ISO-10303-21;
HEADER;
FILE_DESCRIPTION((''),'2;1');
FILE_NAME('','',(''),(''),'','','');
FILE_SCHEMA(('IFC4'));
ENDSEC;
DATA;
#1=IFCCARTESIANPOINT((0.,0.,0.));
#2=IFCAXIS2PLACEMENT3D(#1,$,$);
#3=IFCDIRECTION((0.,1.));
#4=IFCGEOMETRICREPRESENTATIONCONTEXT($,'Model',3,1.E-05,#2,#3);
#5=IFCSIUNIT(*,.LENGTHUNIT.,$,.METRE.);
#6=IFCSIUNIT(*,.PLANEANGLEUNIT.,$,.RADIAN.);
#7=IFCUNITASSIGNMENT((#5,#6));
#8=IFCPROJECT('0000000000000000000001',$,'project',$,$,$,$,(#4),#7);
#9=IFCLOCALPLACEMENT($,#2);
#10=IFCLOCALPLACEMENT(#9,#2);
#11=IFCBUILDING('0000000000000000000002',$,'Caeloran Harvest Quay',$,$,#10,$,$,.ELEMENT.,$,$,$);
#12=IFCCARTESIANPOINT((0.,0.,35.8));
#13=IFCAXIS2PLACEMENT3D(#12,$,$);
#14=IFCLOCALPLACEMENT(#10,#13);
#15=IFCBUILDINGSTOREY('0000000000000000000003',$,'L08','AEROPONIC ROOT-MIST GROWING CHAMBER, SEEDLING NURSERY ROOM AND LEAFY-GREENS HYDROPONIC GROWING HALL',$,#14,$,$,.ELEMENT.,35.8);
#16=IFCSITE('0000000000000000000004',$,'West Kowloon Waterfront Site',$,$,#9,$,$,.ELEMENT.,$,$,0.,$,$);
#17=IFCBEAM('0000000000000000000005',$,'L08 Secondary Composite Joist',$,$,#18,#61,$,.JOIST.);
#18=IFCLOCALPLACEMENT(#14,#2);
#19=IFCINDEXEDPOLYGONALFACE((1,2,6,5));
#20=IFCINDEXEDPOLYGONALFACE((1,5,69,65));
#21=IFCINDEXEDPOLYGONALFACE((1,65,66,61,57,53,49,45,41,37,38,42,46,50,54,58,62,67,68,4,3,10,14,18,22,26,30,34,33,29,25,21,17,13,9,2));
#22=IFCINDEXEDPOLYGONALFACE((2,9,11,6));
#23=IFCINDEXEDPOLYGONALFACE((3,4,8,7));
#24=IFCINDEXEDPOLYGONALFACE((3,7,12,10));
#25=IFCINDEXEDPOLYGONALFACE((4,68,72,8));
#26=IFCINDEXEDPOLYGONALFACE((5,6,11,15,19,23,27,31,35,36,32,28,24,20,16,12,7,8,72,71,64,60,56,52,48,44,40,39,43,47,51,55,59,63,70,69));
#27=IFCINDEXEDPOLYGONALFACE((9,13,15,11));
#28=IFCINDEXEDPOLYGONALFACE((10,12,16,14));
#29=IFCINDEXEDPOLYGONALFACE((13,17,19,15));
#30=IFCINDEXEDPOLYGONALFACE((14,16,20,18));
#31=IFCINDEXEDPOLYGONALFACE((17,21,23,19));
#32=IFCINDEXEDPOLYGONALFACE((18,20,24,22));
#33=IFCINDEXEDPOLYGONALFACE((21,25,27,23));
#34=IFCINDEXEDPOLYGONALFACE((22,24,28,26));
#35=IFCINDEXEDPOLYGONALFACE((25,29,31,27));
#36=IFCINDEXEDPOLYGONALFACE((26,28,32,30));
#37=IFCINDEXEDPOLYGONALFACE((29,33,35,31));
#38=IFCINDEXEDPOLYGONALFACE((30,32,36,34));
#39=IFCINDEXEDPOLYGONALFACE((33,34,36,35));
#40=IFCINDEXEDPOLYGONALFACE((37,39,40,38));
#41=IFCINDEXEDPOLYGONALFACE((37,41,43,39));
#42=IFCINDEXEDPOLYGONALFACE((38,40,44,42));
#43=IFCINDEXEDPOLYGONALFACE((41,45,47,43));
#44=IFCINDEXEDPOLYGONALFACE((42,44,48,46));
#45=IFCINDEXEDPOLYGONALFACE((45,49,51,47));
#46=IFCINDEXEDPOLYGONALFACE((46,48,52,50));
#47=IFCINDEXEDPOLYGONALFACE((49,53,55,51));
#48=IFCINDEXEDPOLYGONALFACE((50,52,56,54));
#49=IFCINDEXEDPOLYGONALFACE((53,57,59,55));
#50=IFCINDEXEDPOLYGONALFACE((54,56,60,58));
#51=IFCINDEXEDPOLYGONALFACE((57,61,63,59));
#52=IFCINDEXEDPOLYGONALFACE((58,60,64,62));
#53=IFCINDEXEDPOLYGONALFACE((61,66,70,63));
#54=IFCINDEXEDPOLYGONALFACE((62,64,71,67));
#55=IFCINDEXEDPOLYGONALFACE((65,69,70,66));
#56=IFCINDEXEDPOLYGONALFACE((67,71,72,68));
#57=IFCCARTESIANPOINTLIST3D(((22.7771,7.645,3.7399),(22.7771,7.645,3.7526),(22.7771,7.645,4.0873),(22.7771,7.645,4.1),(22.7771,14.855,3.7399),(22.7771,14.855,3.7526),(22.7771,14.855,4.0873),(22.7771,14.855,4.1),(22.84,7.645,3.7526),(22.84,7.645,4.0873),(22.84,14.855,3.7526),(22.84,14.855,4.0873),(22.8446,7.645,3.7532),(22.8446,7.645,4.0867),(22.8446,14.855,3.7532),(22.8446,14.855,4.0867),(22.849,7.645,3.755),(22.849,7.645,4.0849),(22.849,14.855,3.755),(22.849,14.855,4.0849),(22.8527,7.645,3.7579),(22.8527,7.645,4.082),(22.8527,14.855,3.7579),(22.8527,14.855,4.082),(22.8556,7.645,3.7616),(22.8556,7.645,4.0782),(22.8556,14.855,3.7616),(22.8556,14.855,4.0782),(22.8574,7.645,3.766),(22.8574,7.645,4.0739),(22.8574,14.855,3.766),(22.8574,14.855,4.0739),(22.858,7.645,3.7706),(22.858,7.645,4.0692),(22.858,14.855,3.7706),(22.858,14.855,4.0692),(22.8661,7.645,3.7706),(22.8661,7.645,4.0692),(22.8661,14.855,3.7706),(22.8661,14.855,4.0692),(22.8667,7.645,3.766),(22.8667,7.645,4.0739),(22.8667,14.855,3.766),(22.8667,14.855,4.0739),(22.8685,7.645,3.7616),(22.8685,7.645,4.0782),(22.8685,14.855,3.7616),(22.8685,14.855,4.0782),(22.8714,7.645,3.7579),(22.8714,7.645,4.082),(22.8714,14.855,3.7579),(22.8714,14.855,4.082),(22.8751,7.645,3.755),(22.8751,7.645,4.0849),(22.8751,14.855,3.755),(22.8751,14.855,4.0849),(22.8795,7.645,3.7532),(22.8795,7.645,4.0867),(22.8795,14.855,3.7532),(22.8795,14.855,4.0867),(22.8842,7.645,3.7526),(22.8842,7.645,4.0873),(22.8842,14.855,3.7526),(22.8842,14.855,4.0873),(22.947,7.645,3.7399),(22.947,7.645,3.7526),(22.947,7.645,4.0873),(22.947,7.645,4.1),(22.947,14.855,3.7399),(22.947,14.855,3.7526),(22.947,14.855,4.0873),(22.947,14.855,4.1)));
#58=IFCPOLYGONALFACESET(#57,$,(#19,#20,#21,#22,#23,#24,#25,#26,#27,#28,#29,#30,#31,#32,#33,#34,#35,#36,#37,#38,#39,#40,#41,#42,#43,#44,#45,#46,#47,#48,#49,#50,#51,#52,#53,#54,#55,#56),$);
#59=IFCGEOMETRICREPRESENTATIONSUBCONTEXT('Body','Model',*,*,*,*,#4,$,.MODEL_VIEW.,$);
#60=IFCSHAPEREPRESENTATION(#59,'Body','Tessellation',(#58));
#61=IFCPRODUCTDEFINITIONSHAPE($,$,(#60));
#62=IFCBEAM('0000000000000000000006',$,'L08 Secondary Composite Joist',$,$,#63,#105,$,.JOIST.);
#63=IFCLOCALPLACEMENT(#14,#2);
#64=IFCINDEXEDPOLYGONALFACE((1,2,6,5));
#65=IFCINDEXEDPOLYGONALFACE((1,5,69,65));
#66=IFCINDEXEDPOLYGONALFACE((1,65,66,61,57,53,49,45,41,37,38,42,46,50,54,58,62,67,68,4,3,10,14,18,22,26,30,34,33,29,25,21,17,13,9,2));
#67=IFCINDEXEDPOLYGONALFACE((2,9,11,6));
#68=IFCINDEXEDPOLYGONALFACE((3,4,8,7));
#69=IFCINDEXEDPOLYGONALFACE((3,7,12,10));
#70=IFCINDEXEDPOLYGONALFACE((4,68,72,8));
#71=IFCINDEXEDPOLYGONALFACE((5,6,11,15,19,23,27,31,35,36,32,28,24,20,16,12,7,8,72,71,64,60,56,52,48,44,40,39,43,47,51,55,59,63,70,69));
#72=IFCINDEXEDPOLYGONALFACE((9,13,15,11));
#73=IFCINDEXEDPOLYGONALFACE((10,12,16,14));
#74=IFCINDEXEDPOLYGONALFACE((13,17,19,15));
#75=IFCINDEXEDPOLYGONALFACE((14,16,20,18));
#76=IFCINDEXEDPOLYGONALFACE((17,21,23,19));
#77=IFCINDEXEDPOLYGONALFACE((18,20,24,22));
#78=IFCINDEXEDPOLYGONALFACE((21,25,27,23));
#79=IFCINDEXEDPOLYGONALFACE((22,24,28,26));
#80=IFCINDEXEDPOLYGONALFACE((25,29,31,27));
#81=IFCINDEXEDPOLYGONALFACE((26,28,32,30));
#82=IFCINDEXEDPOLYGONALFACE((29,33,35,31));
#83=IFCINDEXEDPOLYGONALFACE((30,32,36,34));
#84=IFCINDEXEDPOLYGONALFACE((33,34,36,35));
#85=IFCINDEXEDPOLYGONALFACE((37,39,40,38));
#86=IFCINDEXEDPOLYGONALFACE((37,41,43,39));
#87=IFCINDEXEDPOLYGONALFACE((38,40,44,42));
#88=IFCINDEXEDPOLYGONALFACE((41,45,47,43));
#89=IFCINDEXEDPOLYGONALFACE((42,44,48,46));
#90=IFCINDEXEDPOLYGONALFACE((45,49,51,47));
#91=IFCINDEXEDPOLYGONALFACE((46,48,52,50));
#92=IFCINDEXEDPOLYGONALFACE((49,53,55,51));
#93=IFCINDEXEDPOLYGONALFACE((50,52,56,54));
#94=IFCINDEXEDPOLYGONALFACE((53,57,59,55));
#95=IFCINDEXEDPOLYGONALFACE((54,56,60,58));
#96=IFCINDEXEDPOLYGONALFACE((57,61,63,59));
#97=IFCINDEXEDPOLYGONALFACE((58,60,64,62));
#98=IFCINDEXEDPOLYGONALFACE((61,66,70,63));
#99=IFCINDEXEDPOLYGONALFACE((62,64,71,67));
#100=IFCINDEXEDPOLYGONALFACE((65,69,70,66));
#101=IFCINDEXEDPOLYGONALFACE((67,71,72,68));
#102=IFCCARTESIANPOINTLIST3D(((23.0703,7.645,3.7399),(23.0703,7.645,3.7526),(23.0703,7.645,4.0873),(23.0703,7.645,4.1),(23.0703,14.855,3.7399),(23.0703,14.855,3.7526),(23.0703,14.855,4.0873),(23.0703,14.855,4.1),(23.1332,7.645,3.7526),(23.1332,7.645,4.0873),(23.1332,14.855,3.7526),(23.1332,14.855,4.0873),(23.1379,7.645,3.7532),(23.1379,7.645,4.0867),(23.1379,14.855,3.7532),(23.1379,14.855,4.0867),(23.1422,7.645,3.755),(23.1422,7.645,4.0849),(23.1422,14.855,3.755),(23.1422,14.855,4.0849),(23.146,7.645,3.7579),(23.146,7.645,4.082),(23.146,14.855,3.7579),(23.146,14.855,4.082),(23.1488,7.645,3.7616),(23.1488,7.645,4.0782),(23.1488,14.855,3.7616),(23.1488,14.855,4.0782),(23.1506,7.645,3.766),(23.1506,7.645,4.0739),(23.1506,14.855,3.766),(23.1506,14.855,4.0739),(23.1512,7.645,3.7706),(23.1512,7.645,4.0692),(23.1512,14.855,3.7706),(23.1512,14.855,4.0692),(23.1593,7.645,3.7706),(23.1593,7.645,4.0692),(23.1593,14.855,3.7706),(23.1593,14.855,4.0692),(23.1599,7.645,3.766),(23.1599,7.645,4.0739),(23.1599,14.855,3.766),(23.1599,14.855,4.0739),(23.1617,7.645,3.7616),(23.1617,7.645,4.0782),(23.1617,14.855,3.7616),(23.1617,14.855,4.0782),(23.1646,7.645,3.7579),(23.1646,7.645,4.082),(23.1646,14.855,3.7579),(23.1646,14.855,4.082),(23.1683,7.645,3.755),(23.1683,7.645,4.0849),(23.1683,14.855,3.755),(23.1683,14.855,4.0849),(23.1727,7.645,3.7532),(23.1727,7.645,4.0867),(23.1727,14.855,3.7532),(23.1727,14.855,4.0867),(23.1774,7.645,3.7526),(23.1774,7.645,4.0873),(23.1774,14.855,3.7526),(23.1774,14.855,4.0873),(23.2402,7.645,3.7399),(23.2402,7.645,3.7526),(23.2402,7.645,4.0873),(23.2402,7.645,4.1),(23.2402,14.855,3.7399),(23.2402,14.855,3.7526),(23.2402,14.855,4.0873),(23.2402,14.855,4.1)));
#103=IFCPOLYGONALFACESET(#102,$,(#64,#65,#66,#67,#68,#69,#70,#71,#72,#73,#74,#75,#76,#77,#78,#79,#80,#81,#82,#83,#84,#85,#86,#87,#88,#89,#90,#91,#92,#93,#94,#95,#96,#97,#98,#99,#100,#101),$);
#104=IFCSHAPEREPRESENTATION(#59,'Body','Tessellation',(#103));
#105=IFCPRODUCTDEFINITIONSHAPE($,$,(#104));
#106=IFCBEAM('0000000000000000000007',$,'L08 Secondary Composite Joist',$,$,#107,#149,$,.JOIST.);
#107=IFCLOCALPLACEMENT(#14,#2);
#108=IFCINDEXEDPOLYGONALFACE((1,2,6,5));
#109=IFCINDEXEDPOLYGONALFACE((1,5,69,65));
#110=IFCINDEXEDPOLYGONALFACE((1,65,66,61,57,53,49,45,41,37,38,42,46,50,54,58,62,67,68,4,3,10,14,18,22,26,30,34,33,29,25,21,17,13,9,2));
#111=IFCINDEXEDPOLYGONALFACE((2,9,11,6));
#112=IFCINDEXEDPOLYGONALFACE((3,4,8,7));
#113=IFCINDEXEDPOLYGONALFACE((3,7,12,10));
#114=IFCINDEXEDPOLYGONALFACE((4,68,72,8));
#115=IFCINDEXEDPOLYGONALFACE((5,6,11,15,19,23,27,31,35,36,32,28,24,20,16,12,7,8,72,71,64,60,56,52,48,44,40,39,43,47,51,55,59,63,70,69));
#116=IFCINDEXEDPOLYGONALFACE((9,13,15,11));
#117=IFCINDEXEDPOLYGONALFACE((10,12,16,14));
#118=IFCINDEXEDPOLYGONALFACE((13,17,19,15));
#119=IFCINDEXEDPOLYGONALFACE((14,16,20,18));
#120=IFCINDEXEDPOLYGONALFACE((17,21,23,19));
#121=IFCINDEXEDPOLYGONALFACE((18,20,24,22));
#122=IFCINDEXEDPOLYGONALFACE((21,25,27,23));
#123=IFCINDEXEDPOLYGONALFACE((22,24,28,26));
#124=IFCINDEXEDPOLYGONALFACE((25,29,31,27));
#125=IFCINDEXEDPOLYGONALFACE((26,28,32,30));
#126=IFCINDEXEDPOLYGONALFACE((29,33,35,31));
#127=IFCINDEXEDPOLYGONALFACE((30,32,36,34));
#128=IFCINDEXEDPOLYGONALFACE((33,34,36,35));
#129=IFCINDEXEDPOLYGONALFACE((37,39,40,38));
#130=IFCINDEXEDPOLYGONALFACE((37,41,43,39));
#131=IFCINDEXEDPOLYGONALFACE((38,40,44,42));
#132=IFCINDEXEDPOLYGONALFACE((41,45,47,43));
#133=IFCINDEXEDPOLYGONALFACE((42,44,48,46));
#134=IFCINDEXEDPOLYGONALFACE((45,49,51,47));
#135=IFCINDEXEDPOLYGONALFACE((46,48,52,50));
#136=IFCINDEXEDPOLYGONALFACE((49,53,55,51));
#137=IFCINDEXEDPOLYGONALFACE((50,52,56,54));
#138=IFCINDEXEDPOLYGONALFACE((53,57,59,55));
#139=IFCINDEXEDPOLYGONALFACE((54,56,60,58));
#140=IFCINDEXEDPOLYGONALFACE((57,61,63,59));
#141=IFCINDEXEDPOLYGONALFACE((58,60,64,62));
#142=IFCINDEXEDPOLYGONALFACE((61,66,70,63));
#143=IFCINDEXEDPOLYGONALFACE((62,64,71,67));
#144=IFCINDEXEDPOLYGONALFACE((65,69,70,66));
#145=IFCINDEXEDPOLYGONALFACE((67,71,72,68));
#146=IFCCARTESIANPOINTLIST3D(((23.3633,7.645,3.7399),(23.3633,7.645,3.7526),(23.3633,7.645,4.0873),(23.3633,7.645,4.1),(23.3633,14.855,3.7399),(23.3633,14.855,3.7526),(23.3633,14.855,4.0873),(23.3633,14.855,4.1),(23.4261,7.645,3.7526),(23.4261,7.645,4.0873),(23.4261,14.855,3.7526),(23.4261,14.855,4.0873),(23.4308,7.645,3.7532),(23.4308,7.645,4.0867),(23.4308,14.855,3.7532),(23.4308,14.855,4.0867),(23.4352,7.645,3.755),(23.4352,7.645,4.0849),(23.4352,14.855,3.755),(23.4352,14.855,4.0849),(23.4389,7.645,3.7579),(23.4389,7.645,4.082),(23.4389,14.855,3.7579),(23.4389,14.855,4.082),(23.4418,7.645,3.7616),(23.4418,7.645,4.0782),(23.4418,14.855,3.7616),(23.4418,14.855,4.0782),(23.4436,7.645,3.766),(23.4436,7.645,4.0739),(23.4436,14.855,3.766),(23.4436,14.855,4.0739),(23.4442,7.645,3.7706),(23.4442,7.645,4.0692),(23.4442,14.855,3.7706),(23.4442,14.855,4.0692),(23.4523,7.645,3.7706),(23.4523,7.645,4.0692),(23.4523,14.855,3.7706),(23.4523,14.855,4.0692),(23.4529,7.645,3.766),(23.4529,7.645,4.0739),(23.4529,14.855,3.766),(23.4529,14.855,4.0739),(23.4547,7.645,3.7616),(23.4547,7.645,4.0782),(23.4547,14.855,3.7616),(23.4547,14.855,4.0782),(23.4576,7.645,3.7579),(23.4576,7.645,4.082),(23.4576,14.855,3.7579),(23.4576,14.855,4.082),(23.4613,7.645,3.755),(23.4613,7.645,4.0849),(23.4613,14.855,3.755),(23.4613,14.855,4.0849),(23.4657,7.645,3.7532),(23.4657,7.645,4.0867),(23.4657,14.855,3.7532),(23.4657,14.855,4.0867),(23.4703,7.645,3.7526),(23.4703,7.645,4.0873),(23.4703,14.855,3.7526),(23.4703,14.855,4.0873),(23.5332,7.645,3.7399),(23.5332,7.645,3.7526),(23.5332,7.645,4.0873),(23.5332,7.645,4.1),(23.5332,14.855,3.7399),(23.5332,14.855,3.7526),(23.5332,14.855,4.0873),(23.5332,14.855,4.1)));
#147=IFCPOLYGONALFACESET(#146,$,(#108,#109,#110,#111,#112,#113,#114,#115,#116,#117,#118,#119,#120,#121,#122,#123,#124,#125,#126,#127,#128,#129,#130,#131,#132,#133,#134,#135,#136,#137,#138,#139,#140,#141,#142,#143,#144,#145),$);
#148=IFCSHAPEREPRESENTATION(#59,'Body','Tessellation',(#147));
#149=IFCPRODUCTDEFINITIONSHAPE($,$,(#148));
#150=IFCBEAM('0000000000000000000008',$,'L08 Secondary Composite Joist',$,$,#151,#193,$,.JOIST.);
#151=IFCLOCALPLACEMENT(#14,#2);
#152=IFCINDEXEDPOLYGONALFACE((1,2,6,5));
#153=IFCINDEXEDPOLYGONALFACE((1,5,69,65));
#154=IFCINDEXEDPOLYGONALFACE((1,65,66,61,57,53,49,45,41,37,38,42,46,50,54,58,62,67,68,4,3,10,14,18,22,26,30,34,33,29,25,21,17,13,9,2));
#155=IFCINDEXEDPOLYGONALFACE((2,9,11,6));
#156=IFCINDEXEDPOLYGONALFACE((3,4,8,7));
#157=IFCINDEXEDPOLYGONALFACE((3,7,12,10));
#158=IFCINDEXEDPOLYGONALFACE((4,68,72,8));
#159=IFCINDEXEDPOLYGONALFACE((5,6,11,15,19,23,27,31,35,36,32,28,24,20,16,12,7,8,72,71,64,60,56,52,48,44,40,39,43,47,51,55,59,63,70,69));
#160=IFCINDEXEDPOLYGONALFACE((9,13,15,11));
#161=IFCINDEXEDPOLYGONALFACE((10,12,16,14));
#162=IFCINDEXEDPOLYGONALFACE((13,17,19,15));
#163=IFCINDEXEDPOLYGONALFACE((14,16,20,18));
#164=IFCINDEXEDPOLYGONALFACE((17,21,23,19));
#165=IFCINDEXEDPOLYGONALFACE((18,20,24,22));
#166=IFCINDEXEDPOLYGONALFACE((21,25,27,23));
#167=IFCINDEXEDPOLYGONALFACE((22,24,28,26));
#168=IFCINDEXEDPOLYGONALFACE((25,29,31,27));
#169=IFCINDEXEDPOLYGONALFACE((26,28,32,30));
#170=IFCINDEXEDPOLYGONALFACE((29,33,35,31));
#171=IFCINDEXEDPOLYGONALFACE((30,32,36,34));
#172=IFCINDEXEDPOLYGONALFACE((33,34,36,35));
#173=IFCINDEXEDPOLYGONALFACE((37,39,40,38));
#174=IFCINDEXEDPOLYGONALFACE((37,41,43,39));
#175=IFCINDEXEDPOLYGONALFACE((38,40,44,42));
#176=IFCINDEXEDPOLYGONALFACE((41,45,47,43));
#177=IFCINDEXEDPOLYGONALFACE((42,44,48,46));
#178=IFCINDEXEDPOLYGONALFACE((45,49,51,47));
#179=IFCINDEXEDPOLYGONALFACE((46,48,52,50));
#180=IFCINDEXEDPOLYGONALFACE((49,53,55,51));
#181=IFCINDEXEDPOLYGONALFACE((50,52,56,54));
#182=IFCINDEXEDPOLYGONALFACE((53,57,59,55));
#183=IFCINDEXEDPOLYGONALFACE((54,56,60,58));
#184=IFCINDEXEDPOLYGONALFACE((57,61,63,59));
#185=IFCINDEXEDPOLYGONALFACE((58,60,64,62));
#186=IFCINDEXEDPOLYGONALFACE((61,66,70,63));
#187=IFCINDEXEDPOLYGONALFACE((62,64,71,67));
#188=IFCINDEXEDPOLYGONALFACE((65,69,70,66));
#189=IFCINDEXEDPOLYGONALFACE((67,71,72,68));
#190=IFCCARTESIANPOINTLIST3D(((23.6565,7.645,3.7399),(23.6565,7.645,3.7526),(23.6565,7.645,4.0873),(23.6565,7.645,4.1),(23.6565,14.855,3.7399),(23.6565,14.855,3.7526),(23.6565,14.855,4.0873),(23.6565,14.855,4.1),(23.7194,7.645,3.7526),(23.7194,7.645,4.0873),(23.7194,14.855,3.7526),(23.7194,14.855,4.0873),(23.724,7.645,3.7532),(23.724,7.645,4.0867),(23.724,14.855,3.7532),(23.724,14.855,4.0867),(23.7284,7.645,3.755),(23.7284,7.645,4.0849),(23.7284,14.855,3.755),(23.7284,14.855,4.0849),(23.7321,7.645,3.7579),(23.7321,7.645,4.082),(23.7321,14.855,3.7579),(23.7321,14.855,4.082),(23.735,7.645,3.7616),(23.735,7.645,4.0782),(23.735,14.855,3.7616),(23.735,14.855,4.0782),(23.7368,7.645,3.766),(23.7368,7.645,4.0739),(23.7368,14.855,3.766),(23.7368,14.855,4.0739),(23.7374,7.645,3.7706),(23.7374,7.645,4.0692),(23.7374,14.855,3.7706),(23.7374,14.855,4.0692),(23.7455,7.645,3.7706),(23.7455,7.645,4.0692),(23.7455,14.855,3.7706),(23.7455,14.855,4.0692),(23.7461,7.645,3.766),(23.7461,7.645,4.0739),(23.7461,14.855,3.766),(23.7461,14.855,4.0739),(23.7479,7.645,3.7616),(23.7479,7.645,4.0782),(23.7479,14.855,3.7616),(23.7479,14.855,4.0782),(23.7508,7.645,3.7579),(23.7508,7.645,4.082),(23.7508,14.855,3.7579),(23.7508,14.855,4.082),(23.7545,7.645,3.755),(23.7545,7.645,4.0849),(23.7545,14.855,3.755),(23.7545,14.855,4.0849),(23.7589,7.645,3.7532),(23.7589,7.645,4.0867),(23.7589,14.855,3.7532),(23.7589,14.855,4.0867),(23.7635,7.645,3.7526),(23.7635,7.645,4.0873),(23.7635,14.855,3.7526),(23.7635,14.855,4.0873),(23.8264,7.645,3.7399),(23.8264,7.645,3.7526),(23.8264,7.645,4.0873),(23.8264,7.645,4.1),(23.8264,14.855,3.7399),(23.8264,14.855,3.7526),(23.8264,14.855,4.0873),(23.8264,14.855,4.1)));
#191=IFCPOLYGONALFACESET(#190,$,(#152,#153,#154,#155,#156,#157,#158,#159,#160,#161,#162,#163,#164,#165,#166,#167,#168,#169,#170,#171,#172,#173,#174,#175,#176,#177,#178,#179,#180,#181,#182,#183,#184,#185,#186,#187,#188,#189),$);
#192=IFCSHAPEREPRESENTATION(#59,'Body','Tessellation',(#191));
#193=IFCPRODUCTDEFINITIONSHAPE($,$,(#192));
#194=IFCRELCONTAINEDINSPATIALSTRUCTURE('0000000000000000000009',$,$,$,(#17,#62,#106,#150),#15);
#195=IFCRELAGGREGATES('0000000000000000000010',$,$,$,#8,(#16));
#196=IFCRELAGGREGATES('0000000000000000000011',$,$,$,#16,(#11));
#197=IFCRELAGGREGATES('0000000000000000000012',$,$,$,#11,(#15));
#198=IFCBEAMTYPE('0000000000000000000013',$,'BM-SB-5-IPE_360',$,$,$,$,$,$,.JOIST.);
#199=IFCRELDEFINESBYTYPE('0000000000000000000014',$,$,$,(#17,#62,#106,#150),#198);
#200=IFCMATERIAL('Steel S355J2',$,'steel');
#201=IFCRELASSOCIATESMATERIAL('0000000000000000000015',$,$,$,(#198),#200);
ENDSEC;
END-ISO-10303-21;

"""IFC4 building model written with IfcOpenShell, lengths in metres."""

from ifc_helpers import new_model, si_unit, direction, frame, origin, origin_2d, place, context, subcontext, project, spatial, i_section, extrude, material, material_profile, profile_set, type_object, element, save


model = new_model("IFC4")

# Units and contexts
model_context = context("Model", 3, precision=1e-05, world=origin(), true_north=direction((0.0, 1.0)))
body_context = subcontext(model_context, "Body", "Model", "MODEL_VIEW")
ifc_project = project(units=[si_unit("LENGTHUNIT", "METRE"), si_unit("PLANEANGLEUNIT", "RADIAN")], contexts=[model_context])

# Site, building, storey
site_placement = place(None, origin())
site = spatial("IfcSite", under=ifc_project, at=site_placement, Name="West Kowloon Waterfront Site", CompositionType="ELEMENT", RefElevation=0.0)
building_placement = place(site_placement, origin())
building = spatial("IfcBuilding", under=site, at=building_placement, Name="Caeloran Harvest Quay", CompositionType="ELEMENT")
storey_placement = place(building_placement, frame((0.0, 0.0, 35.8)))
storey = spatial("IfcBuildingStorey", under=building, at=storey_placement, Name="L08", Description="AEROPONIC ROOT-MIST GROWING CHAMBER, SEEDLING NURSERY ROOM AND LEAFY-GREENS HYDROPONIC GROWING HALL", CompositionType="ELEMENT", Elevation=35.8)

# Beams
ifc_material_1 = material(Name="Steel S355J2", Category="steel")
ifc_material_profile_1 = material_profile(ifc_material_1, i_section(OverallWidth=0.1699, OverallDepth=0.3601, WebThickness=0.0081, FlangeThickness=0.0127, FilletRadius=0.0181, at=origin_2d()), Name="IPE 360")
ifc_profile_set_1 = profile_set([ifc_material_profile_1], Name="Steel S355J2")
beam_type_1 = type_object("IfcBeamType", Name="BM-SB-5-IPE_360", PredefinedType="JOIST", material=ifc_profile_set_1)
for number, where, z_axis, x_axis, name in (
    (1, (22.8621, 7.645, 3.9199), (0.0, 1.0, 0.0), (-1.0, 0.0, 0.0), "L08 Secondary Composite Joist"),
    (2, (23.1553, 7.645, 3.9199), (0.0, 1.0, 0.0), (-1.0, 0.0, 0.0), "L08 Secondary Composite Joist"),
    (3, (23.4482, 7.645, 3.9199), (0.0, 1.0, 0.0), (-1.0, 0.0, 0.0), "L08 Secondary Composite Joist"),
    (4, (23.7415, 7.645, 3.9199), (0.0, 1.0, 0.0), (-1.0, 0.0, 0.0), "L08 Secondary Composite Joist"),
):
    element("IfcBeam", number, at=place(storey_placement, frame(where, z_axis=z_axis, x_axis=x_axis)), inside=storey, type_object=beam_type_1, Name=name, PredefinedType="JOIST", context=body_context, shape_type="SweptSolid", body=[
        extrude(i_section(OverallWidth=0.1699, OverallDepth=0.3601, WebThickness=0.0081, FlangeThickness=0.0127, FilletRadius=0.0181, at=origin_2d()), origin(), (0.0, 0.0, 1.0), 7.21),
    ])

save(model, "model.ifc")
